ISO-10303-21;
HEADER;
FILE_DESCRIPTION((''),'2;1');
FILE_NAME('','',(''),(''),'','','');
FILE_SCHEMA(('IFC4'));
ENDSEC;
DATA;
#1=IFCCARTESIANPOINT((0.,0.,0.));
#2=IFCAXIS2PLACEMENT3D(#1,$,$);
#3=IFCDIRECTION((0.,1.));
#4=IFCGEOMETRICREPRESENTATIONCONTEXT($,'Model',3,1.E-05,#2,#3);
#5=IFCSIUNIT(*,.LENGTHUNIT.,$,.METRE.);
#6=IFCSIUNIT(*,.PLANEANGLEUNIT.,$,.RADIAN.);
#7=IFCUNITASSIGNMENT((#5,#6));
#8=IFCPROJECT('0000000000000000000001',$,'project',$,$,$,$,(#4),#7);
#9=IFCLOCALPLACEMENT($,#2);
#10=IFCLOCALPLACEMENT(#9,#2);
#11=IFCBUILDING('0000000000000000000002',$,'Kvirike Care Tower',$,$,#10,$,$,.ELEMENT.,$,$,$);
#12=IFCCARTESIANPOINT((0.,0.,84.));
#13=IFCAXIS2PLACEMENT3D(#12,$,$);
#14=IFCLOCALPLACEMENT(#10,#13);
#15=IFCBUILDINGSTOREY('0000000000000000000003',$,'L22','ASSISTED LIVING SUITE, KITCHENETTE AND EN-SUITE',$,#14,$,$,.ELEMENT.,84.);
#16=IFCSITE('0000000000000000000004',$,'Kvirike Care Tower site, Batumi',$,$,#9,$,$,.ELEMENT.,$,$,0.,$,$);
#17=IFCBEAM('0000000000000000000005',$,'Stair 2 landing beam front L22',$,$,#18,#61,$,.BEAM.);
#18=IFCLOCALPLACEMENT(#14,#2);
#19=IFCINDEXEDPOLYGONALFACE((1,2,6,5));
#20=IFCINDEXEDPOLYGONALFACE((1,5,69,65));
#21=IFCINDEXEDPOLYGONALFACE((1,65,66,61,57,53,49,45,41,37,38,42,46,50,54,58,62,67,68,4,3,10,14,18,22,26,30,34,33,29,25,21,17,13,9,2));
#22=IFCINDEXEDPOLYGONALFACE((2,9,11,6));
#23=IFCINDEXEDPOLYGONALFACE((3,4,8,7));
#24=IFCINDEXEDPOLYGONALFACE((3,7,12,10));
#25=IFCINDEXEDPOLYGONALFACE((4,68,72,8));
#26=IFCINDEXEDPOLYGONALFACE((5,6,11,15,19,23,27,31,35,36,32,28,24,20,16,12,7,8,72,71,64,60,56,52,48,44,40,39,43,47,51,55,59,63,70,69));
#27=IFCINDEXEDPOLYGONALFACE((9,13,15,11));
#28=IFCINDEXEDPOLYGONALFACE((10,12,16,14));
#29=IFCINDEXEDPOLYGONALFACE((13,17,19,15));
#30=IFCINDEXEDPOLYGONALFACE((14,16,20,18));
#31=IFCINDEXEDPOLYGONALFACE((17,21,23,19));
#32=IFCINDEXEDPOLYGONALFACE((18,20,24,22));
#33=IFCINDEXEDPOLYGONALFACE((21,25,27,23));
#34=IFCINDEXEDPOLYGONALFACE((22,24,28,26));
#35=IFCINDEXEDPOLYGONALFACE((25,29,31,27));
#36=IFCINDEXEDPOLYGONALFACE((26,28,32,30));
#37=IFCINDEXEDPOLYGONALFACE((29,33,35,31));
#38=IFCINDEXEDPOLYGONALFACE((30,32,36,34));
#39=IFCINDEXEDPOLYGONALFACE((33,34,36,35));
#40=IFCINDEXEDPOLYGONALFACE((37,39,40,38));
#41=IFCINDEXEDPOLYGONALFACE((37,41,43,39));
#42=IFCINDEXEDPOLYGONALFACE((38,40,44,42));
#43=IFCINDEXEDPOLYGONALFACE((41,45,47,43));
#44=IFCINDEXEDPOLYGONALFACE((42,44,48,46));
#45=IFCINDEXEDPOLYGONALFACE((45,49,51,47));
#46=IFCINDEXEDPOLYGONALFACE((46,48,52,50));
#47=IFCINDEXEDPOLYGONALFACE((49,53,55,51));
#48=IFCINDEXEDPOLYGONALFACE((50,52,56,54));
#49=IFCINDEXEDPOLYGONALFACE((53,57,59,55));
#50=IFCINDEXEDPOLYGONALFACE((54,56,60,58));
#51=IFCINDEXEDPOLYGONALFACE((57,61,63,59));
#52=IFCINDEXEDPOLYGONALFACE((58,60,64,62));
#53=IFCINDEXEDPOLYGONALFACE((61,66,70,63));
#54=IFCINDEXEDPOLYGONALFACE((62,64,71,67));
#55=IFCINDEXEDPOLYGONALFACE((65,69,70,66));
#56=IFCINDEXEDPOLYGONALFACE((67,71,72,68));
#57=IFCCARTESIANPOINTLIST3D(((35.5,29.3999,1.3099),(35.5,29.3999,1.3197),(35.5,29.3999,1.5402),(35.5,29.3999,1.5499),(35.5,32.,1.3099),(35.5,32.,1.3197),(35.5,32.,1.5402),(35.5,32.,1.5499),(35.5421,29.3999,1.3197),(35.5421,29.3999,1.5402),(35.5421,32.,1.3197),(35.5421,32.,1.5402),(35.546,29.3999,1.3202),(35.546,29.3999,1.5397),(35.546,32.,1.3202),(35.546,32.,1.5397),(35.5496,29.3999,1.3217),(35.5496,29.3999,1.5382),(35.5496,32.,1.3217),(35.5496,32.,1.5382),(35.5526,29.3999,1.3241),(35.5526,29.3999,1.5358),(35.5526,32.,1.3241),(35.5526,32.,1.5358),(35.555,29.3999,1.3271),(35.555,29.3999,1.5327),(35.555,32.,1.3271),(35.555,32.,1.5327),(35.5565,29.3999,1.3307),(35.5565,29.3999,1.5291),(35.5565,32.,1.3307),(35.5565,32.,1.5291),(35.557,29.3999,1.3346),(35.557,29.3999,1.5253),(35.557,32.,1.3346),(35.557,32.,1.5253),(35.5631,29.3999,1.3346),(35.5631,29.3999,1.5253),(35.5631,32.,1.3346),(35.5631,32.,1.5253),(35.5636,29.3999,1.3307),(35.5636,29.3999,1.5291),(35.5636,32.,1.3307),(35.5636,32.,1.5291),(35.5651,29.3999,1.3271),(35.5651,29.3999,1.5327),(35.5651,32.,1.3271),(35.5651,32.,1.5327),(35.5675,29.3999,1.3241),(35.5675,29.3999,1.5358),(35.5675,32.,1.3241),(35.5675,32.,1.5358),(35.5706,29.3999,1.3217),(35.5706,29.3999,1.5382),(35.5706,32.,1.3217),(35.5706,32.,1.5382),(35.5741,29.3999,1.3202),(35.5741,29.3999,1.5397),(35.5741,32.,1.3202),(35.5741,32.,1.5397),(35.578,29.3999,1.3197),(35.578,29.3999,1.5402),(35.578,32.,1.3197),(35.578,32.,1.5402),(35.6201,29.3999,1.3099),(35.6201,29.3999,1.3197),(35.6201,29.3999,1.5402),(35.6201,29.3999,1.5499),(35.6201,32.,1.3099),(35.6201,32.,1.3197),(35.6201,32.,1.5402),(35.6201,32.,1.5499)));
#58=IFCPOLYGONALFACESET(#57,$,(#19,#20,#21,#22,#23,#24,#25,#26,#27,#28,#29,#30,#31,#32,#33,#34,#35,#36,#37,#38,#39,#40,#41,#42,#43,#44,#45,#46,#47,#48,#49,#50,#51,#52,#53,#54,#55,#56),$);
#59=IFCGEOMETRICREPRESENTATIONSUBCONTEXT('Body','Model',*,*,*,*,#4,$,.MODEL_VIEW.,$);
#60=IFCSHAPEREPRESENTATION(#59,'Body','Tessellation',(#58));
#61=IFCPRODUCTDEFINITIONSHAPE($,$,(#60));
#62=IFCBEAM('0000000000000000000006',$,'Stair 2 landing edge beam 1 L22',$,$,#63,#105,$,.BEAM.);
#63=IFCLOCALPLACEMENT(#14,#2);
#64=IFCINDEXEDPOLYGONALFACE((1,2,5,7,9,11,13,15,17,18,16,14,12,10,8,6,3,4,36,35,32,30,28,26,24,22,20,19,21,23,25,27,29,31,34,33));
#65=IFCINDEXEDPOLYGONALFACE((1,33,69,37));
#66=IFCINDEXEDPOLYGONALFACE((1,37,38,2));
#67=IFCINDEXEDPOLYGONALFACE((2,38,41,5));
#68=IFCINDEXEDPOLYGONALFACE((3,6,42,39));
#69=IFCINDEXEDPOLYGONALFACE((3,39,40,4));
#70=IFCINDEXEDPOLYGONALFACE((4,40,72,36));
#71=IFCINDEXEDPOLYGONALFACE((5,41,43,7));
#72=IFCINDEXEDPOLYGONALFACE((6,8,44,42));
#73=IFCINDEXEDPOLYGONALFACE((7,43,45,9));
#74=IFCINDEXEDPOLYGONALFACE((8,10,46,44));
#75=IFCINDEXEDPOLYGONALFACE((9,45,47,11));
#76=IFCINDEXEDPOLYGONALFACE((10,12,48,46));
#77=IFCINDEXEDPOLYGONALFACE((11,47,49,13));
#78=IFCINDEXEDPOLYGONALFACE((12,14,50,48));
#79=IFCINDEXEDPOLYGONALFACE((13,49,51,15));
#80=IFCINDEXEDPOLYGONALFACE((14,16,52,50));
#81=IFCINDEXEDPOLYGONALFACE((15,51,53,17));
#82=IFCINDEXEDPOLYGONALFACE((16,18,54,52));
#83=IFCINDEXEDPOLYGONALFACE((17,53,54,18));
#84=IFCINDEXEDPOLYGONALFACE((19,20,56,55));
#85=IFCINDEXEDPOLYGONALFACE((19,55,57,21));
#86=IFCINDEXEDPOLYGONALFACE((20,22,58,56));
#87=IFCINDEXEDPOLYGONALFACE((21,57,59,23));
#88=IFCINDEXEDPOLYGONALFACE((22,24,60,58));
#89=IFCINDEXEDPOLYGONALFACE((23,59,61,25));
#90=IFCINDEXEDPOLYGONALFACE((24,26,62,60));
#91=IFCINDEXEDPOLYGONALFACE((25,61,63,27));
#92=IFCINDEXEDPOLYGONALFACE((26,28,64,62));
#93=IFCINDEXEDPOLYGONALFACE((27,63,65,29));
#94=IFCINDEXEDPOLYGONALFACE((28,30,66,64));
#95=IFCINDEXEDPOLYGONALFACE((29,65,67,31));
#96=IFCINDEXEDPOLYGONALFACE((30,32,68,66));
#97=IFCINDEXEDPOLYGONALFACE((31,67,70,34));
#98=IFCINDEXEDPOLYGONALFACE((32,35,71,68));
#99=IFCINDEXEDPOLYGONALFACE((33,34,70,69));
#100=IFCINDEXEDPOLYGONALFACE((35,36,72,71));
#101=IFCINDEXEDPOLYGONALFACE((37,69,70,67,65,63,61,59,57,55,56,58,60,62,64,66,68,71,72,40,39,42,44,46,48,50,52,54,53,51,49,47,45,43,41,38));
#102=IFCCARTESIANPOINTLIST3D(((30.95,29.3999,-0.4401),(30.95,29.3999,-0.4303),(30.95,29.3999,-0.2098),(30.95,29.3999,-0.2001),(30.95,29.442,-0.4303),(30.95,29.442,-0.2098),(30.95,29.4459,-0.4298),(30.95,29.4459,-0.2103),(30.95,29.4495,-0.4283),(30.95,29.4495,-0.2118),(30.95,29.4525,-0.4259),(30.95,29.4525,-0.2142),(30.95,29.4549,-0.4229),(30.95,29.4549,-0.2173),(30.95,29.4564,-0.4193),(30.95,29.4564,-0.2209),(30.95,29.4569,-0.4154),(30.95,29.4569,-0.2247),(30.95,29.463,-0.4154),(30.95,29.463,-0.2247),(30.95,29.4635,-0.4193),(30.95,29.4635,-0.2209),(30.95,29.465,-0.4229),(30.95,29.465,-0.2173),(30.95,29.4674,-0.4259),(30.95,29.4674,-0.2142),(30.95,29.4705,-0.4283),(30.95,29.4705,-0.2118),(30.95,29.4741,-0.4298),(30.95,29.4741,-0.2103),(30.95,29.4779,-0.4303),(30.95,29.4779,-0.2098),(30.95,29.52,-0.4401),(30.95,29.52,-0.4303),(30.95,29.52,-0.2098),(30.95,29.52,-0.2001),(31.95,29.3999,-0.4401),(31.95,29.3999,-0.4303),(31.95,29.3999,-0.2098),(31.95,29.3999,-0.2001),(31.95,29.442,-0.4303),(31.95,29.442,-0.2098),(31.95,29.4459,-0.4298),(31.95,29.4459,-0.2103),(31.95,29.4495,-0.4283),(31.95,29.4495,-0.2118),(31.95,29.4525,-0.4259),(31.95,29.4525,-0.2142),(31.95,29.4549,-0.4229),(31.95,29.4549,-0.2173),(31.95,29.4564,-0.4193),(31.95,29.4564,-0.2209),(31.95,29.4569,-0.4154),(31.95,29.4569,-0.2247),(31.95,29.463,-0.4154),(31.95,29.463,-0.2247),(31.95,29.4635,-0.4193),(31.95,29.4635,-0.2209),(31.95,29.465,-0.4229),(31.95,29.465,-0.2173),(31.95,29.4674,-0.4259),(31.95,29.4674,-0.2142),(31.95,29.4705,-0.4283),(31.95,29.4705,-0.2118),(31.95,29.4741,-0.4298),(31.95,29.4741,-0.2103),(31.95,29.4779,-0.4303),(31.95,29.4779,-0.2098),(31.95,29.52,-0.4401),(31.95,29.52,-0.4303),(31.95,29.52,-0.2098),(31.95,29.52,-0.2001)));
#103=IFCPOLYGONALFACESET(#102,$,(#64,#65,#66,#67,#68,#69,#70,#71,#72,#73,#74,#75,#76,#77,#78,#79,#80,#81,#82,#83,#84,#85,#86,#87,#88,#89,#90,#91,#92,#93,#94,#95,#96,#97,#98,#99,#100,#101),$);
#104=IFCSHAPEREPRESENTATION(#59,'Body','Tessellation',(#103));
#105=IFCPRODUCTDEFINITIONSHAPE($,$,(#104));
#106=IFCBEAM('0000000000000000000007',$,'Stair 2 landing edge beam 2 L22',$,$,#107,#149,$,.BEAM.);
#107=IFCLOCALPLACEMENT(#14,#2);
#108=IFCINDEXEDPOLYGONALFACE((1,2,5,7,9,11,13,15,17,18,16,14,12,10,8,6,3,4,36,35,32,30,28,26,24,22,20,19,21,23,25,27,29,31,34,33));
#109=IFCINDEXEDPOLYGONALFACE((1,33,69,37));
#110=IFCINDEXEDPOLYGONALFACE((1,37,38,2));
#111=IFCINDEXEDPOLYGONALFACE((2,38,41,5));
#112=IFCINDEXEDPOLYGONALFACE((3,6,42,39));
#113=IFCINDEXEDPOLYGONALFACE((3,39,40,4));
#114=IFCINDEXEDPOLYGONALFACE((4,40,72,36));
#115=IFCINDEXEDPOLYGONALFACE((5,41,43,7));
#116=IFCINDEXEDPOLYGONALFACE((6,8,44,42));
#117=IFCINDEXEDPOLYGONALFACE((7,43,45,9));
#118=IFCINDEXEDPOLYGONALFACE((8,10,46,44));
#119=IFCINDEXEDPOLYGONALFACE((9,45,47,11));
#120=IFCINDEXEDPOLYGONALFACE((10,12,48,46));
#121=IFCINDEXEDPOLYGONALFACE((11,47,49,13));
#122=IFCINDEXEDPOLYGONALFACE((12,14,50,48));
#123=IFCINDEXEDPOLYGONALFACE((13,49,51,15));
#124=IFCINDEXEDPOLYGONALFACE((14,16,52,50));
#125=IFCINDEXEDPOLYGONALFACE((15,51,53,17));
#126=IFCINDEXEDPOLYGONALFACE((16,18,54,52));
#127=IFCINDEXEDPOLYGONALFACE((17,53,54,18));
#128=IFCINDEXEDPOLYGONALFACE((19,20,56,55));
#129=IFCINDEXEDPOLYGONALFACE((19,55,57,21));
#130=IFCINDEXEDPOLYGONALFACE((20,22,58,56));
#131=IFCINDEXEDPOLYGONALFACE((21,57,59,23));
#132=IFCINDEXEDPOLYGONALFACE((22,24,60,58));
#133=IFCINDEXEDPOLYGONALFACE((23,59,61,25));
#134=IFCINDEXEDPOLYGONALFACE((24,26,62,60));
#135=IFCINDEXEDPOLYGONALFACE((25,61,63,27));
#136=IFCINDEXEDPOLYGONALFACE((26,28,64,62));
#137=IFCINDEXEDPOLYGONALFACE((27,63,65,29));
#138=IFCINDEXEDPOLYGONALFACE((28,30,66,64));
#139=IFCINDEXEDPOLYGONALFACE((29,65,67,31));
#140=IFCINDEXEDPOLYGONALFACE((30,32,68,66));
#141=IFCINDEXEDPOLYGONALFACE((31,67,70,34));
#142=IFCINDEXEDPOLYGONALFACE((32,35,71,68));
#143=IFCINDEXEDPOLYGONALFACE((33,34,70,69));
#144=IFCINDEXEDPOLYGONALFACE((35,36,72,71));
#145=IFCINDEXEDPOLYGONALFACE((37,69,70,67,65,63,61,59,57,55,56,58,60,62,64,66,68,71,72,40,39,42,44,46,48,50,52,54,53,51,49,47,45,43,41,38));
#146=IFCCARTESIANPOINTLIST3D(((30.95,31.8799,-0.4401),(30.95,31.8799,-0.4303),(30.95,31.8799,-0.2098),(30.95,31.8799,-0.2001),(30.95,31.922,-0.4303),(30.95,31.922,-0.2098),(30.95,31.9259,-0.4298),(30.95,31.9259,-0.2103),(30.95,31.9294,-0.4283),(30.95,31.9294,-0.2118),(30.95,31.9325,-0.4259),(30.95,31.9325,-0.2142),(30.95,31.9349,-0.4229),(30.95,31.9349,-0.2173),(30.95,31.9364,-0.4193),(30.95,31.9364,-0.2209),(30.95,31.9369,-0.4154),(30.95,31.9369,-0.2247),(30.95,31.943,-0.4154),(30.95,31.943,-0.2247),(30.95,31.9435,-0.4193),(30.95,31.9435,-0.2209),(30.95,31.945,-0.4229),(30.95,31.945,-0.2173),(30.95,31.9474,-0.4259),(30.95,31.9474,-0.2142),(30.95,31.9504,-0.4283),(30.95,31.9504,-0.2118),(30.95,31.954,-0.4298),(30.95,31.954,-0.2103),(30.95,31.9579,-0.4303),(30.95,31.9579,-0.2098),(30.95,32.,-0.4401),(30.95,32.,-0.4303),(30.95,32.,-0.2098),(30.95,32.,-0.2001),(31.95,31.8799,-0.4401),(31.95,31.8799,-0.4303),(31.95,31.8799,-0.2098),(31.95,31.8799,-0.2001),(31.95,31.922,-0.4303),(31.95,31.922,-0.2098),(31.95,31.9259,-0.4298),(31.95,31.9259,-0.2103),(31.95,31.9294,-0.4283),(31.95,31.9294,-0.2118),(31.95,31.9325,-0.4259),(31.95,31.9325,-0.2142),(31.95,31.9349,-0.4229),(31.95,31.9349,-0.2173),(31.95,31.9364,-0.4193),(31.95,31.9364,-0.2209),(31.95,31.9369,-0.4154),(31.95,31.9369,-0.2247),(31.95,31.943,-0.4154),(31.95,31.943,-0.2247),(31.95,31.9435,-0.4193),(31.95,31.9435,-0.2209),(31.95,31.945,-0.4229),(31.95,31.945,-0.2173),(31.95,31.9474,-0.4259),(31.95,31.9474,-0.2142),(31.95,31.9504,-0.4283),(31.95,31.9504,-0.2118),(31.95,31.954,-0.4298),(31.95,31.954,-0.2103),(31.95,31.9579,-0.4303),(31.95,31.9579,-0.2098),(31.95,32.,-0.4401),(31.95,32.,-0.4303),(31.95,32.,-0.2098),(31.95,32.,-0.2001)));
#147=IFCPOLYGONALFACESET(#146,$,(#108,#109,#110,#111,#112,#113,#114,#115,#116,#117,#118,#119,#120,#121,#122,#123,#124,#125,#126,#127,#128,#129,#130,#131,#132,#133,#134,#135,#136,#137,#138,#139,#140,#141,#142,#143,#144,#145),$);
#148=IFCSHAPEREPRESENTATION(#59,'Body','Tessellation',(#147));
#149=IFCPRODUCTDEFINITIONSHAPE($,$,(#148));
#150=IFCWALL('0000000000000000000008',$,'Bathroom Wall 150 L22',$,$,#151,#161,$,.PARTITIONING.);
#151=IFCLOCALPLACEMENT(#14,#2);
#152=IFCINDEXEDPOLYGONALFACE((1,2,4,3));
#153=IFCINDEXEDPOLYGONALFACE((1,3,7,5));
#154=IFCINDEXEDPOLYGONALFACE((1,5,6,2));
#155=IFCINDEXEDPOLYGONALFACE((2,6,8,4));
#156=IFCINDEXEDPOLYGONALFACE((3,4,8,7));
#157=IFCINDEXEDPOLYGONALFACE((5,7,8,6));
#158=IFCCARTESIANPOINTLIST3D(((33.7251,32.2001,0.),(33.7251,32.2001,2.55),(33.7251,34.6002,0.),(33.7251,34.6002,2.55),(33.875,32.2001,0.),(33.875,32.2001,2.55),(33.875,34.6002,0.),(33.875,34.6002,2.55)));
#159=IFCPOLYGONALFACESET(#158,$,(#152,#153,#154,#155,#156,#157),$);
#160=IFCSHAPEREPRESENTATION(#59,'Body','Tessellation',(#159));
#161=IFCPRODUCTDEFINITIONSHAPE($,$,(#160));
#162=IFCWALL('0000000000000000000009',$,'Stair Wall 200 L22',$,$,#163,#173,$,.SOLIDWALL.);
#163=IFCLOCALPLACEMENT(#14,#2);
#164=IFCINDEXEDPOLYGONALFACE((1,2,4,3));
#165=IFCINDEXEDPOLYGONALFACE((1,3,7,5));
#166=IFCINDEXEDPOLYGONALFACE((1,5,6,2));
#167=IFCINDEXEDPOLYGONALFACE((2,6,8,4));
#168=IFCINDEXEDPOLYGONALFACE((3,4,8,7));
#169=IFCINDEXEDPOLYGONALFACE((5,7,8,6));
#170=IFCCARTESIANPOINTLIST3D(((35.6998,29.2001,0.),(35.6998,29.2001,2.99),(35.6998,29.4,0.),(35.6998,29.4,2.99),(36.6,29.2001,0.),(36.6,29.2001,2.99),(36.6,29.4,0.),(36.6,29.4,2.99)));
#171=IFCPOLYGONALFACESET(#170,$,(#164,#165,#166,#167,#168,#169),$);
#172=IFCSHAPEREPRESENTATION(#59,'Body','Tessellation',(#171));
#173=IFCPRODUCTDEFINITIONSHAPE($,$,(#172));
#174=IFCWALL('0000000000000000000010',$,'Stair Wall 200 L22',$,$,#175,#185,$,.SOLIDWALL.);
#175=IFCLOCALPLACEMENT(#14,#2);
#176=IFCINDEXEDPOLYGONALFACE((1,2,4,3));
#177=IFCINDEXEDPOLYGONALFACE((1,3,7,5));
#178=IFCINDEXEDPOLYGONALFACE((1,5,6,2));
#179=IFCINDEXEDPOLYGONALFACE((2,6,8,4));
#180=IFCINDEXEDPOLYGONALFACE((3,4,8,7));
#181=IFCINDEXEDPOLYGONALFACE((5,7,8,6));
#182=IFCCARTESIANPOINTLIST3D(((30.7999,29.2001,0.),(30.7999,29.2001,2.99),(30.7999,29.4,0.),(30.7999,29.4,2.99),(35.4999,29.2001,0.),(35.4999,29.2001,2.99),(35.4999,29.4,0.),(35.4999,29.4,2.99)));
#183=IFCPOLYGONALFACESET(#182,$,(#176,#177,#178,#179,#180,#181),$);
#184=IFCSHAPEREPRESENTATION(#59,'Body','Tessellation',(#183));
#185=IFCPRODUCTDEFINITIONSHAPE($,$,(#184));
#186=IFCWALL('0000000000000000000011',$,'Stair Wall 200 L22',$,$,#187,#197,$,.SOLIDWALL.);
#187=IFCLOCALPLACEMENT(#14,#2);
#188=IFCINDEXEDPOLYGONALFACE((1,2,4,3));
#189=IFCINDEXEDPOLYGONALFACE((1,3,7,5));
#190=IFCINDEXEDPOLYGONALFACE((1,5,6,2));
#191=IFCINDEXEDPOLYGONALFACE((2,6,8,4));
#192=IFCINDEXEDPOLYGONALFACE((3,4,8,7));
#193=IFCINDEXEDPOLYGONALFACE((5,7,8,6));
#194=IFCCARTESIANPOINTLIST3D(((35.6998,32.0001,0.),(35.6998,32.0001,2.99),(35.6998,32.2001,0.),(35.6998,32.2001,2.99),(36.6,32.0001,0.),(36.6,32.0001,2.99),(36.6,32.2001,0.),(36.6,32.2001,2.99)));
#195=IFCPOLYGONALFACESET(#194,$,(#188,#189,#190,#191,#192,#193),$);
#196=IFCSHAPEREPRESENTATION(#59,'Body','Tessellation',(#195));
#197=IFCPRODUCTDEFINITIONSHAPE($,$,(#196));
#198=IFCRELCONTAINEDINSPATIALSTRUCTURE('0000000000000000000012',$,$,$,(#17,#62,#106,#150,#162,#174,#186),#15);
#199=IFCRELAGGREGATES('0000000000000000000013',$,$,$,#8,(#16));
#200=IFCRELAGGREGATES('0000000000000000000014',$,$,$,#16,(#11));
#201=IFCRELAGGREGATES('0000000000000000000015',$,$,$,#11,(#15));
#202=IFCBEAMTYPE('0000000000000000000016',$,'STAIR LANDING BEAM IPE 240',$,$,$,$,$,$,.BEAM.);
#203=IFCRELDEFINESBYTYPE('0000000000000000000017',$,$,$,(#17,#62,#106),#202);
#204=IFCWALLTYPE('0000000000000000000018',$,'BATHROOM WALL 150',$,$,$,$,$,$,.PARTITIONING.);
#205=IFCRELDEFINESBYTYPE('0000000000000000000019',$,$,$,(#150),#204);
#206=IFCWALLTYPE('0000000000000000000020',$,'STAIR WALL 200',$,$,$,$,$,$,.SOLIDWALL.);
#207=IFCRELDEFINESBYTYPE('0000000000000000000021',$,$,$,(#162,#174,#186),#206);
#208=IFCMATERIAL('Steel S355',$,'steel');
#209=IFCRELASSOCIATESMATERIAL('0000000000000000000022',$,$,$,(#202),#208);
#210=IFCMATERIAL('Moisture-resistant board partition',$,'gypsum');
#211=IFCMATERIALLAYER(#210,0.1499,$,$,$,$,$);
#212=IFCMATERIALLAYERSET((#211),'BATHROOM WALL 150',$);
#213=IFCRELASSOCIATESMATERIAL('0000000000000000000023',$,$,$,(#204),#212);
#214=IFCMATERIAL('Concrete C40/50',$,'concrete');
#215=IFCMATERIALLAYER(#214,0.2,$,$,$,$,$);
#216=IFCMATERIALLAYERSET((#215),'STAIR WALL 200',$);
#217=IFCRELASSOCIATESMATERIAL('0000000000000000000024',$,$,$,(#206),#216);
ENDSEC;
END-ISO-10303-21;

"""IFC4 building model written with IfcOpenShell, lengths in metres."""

from ifc_helpers import new_model, si_unit, direction, frame, frame_2d, origin, origin_2d, place, context, subcontext, project, spatial, rectangle, i_section, extrude, material, layer, layer_set, material_profile, profile_set, type_object, element, save


model = new_model("IFC4")

# Units and contexts
model_context = context("Model", 3, precision=1e-05, world=origin(), true_north=direction((0.0, 1.0)))
body_context = subcontext(model_context, "Body", "Model", "MODEL_VIEW")
ifc_project = project(units=[si_unit("LENGTHUNIT", "METRE"), si_unit("PLANEANGLEUNIT", "RADIAN")], contexts=[model_context])

# Site, building, storey
site_placement = place(None, origin())
site = spatial("IfcSite", under=ifc_project, at=site_placement, Name="Kvirike Care Tower site, Batumi", CompositionType="ELEMENT", RefElevation=0.0)
building_placement = place(site_placement, origin())
building = spatial("IfcBuilding", under=site, at=building_placement, Name="Kvirike Care Tower", CompositionType="ELEMENT")
storey_placement = place(building_placement, frame((0.0, 0.0, 84.0)))
storey = spatial("IfcBuildingStorey", under=building, at=storey_placement, Name="L22", Description="ASSISTED LIVING SUITE, KITCHENETTE AND EN-SUITE", CompositionType="ELEMENT", Elevation=84.0)

# Beams
ifc_material_1 = material(Name="Steel S355", Category="steel")
ifc_material_profile_1 = material_profile(ifc_material_1, i_section(OverallWidth=0.1201, OverallDepth=0.24, WebThickness=0.0061, FlangeThickness=0.0098, FilletRadius=0.0149, at=origin_2d()), Name="IPE 240")
ifc_profile_set_1 = profile_set([ifc_material_profile_1], Name="Steel S355")
beam_type_1 = type_object("IfcBeamType", Name="STAIR LANDING BEAM IPE 240", PredefinedType="BEAM", material=ifc_profile_set_1)
for number, where, z_axis, x_axis, name in (
    (1, (35.5601, 29.3999, 1.4299), (0.0, 1.0, 0.0), (-1.0, 0.0, 0.0), "Stair 2 landing beam front L22"),
):
    element("IfcBeam", number, at=place(storey_placement, frame(where, z_axis=z_axis, x_axis=x_axis)), inside=storey, type_object=beam_type_1, Name=name, PredefinedType="BEAM", context=body_context, shape_type="SweptSolid", body=[
        extrude(i_section(OverallWidth=0.1201, OverallDepth=0.24, WebThickness=0.0061, FlangeThickness=0.0098, FilletRadius=0.0149, at=origin_2d()), origin(), (0.0, 0.0, 1.0), 2.6001),
    ])
for number, where, z_axis, x_axis, name in (
    (2, (31.95, 29.46, -0.3201), (-1.0, 0.0, 0.0), (0.0, -1.0, 0.0), "Stair 2 landing edge beam 1 L22"),
    (3, (31.95, 31.9399, -0.3201), (-1.0, 0.0, 0.0), (0.0, -1.0, 0.0), "Stair 2 landing edge beam 2 L22"),
):
    element("IfcBeam", number, at=place(storey_placement, frame(where, z_axis=z_axis, x_axis=x_axis)), inside=storey, type_object=beam_type_1, Name=name, PredefinedType="BEAM", context=body_context, shape_type="SweptSolid", body=[
        extrude(i_section(OverallWidth=0.1201, OverallDepth=0.24, WebThickness=0.0061, FlangeThickness=0.0098, FilletRadius=0.0149, at=origin_2d()), origin(), (0.0, 0.0, 1.0), 1.0),
    ])

# Walls
ifc_material_2 = material(Name="Moisture-resistant board partition", Category="gypsum")
ifc_layer_1 = layer(ifc_material_2, 0.1499)
ifc_layer_set_1 = layer_set([ifc_layer_1], Name="BATHROOM WALL 150")
wall_type_1 = type_object("IfcWallType", Name="BATHROOM WALL 150", PredefinedType="PARTITIONING", material=ifc_layer_set_1)
wall_1_placement = place(storey_placement, frame((33.8, 32.2, 0.0), z_axis=(0.0, 0.0, 1.0), x_axis=(0.0, 1.0, 0.0)))
element("IfcWall", 4, at=wall_1_placement, inside=storey, type_object=wall_type_1, Name="Bathroom Wall 150 L22", PredefinedType="PARTITIONING", context=body_context, shape_type="SweptSolid", body=[
    extrude(rectangle(XDim=2.4001, YDim=0.1499, at=frame_2d((1.2002, 0.0))), origin(), (0.0, 0.0, 1.0), 2.55),
])
ifc_material_3 = material(Name="Concrete C40/50", Category="concrete")
ifc_layer_2 = layer(ifc_material_3, 0.2)
ifc_layer_set_2 = layer_set([ifc_layer_2], Name="STAIR WALL 200")
wall_type_2 = type_object("IfcWallType", Name="STAIR WALL 200", PredefinedType="SOLIDWALL", material=ifc_layer_set_2)
wall_2_placement = place(storey_placement, frame((36.6001, 29.3, 0.0), z_axis=(0.0, 0.0, 1.0), x_axis=(-1.0, 0.0, 0.0)))
element("IfcWall", 5, at=wall_2_placement, inside=storey, type_object=wall_type_2, Name="Stair Wall 200 L22", PredefinedType="SOLIDWALL", context=body_context, shape_type="SweptSolid", body=[
    extrude(rectangle(XDim=0.9001, YDim=0.2, at=frame_2d((0.4502, 0.0))), origin(), (0.0, 0.0, 1.0), 2.99),
])
wall_3_placement = place(storey_placement, frame((35.5, 29.3, 0.0), z_axis=(0.0, 0.0, 1.0), x_axis=(-1.0, 0.0, 0.0)))
element("IfcWall", 6, at=wall_3_placement, inside=storey, type_object=wall_type_2, Name="Stair Wall 200 L22", PredefinedType="SOLIDWALL", context=body_context, shape_type="SweptSolid", body=[
    extrude(rectangle(XDim=4.7, YDim=0.2, at=frame_2d((2.3501, 0.0))), origin(), (0.0, 0.0, 1.0), 2.99),
])
wall_4_placement = place(storey_placement, frame((36.6001, 32.1001, 0.0), z_axis=(0.0, 0.0, 1.0), x_axis=(-1.0, 0.0, 0.0)))
element("IfcWall", 7, at=wall_4_placement, inside=storey, type_object=wall_type_2, Name="Stair Wall 200 L22", PredefinedType="SOLIDWALL", context=body_context, shape_type="SweptSolid", body=[
    extrude(rectangle(XDim=0.9001, YDim=0.2, at=frame_2d((0.4502, 0.0))), origin(), (0.0, 0.0, 1.0), 2.99),
])

save(model, "model.ifc")
